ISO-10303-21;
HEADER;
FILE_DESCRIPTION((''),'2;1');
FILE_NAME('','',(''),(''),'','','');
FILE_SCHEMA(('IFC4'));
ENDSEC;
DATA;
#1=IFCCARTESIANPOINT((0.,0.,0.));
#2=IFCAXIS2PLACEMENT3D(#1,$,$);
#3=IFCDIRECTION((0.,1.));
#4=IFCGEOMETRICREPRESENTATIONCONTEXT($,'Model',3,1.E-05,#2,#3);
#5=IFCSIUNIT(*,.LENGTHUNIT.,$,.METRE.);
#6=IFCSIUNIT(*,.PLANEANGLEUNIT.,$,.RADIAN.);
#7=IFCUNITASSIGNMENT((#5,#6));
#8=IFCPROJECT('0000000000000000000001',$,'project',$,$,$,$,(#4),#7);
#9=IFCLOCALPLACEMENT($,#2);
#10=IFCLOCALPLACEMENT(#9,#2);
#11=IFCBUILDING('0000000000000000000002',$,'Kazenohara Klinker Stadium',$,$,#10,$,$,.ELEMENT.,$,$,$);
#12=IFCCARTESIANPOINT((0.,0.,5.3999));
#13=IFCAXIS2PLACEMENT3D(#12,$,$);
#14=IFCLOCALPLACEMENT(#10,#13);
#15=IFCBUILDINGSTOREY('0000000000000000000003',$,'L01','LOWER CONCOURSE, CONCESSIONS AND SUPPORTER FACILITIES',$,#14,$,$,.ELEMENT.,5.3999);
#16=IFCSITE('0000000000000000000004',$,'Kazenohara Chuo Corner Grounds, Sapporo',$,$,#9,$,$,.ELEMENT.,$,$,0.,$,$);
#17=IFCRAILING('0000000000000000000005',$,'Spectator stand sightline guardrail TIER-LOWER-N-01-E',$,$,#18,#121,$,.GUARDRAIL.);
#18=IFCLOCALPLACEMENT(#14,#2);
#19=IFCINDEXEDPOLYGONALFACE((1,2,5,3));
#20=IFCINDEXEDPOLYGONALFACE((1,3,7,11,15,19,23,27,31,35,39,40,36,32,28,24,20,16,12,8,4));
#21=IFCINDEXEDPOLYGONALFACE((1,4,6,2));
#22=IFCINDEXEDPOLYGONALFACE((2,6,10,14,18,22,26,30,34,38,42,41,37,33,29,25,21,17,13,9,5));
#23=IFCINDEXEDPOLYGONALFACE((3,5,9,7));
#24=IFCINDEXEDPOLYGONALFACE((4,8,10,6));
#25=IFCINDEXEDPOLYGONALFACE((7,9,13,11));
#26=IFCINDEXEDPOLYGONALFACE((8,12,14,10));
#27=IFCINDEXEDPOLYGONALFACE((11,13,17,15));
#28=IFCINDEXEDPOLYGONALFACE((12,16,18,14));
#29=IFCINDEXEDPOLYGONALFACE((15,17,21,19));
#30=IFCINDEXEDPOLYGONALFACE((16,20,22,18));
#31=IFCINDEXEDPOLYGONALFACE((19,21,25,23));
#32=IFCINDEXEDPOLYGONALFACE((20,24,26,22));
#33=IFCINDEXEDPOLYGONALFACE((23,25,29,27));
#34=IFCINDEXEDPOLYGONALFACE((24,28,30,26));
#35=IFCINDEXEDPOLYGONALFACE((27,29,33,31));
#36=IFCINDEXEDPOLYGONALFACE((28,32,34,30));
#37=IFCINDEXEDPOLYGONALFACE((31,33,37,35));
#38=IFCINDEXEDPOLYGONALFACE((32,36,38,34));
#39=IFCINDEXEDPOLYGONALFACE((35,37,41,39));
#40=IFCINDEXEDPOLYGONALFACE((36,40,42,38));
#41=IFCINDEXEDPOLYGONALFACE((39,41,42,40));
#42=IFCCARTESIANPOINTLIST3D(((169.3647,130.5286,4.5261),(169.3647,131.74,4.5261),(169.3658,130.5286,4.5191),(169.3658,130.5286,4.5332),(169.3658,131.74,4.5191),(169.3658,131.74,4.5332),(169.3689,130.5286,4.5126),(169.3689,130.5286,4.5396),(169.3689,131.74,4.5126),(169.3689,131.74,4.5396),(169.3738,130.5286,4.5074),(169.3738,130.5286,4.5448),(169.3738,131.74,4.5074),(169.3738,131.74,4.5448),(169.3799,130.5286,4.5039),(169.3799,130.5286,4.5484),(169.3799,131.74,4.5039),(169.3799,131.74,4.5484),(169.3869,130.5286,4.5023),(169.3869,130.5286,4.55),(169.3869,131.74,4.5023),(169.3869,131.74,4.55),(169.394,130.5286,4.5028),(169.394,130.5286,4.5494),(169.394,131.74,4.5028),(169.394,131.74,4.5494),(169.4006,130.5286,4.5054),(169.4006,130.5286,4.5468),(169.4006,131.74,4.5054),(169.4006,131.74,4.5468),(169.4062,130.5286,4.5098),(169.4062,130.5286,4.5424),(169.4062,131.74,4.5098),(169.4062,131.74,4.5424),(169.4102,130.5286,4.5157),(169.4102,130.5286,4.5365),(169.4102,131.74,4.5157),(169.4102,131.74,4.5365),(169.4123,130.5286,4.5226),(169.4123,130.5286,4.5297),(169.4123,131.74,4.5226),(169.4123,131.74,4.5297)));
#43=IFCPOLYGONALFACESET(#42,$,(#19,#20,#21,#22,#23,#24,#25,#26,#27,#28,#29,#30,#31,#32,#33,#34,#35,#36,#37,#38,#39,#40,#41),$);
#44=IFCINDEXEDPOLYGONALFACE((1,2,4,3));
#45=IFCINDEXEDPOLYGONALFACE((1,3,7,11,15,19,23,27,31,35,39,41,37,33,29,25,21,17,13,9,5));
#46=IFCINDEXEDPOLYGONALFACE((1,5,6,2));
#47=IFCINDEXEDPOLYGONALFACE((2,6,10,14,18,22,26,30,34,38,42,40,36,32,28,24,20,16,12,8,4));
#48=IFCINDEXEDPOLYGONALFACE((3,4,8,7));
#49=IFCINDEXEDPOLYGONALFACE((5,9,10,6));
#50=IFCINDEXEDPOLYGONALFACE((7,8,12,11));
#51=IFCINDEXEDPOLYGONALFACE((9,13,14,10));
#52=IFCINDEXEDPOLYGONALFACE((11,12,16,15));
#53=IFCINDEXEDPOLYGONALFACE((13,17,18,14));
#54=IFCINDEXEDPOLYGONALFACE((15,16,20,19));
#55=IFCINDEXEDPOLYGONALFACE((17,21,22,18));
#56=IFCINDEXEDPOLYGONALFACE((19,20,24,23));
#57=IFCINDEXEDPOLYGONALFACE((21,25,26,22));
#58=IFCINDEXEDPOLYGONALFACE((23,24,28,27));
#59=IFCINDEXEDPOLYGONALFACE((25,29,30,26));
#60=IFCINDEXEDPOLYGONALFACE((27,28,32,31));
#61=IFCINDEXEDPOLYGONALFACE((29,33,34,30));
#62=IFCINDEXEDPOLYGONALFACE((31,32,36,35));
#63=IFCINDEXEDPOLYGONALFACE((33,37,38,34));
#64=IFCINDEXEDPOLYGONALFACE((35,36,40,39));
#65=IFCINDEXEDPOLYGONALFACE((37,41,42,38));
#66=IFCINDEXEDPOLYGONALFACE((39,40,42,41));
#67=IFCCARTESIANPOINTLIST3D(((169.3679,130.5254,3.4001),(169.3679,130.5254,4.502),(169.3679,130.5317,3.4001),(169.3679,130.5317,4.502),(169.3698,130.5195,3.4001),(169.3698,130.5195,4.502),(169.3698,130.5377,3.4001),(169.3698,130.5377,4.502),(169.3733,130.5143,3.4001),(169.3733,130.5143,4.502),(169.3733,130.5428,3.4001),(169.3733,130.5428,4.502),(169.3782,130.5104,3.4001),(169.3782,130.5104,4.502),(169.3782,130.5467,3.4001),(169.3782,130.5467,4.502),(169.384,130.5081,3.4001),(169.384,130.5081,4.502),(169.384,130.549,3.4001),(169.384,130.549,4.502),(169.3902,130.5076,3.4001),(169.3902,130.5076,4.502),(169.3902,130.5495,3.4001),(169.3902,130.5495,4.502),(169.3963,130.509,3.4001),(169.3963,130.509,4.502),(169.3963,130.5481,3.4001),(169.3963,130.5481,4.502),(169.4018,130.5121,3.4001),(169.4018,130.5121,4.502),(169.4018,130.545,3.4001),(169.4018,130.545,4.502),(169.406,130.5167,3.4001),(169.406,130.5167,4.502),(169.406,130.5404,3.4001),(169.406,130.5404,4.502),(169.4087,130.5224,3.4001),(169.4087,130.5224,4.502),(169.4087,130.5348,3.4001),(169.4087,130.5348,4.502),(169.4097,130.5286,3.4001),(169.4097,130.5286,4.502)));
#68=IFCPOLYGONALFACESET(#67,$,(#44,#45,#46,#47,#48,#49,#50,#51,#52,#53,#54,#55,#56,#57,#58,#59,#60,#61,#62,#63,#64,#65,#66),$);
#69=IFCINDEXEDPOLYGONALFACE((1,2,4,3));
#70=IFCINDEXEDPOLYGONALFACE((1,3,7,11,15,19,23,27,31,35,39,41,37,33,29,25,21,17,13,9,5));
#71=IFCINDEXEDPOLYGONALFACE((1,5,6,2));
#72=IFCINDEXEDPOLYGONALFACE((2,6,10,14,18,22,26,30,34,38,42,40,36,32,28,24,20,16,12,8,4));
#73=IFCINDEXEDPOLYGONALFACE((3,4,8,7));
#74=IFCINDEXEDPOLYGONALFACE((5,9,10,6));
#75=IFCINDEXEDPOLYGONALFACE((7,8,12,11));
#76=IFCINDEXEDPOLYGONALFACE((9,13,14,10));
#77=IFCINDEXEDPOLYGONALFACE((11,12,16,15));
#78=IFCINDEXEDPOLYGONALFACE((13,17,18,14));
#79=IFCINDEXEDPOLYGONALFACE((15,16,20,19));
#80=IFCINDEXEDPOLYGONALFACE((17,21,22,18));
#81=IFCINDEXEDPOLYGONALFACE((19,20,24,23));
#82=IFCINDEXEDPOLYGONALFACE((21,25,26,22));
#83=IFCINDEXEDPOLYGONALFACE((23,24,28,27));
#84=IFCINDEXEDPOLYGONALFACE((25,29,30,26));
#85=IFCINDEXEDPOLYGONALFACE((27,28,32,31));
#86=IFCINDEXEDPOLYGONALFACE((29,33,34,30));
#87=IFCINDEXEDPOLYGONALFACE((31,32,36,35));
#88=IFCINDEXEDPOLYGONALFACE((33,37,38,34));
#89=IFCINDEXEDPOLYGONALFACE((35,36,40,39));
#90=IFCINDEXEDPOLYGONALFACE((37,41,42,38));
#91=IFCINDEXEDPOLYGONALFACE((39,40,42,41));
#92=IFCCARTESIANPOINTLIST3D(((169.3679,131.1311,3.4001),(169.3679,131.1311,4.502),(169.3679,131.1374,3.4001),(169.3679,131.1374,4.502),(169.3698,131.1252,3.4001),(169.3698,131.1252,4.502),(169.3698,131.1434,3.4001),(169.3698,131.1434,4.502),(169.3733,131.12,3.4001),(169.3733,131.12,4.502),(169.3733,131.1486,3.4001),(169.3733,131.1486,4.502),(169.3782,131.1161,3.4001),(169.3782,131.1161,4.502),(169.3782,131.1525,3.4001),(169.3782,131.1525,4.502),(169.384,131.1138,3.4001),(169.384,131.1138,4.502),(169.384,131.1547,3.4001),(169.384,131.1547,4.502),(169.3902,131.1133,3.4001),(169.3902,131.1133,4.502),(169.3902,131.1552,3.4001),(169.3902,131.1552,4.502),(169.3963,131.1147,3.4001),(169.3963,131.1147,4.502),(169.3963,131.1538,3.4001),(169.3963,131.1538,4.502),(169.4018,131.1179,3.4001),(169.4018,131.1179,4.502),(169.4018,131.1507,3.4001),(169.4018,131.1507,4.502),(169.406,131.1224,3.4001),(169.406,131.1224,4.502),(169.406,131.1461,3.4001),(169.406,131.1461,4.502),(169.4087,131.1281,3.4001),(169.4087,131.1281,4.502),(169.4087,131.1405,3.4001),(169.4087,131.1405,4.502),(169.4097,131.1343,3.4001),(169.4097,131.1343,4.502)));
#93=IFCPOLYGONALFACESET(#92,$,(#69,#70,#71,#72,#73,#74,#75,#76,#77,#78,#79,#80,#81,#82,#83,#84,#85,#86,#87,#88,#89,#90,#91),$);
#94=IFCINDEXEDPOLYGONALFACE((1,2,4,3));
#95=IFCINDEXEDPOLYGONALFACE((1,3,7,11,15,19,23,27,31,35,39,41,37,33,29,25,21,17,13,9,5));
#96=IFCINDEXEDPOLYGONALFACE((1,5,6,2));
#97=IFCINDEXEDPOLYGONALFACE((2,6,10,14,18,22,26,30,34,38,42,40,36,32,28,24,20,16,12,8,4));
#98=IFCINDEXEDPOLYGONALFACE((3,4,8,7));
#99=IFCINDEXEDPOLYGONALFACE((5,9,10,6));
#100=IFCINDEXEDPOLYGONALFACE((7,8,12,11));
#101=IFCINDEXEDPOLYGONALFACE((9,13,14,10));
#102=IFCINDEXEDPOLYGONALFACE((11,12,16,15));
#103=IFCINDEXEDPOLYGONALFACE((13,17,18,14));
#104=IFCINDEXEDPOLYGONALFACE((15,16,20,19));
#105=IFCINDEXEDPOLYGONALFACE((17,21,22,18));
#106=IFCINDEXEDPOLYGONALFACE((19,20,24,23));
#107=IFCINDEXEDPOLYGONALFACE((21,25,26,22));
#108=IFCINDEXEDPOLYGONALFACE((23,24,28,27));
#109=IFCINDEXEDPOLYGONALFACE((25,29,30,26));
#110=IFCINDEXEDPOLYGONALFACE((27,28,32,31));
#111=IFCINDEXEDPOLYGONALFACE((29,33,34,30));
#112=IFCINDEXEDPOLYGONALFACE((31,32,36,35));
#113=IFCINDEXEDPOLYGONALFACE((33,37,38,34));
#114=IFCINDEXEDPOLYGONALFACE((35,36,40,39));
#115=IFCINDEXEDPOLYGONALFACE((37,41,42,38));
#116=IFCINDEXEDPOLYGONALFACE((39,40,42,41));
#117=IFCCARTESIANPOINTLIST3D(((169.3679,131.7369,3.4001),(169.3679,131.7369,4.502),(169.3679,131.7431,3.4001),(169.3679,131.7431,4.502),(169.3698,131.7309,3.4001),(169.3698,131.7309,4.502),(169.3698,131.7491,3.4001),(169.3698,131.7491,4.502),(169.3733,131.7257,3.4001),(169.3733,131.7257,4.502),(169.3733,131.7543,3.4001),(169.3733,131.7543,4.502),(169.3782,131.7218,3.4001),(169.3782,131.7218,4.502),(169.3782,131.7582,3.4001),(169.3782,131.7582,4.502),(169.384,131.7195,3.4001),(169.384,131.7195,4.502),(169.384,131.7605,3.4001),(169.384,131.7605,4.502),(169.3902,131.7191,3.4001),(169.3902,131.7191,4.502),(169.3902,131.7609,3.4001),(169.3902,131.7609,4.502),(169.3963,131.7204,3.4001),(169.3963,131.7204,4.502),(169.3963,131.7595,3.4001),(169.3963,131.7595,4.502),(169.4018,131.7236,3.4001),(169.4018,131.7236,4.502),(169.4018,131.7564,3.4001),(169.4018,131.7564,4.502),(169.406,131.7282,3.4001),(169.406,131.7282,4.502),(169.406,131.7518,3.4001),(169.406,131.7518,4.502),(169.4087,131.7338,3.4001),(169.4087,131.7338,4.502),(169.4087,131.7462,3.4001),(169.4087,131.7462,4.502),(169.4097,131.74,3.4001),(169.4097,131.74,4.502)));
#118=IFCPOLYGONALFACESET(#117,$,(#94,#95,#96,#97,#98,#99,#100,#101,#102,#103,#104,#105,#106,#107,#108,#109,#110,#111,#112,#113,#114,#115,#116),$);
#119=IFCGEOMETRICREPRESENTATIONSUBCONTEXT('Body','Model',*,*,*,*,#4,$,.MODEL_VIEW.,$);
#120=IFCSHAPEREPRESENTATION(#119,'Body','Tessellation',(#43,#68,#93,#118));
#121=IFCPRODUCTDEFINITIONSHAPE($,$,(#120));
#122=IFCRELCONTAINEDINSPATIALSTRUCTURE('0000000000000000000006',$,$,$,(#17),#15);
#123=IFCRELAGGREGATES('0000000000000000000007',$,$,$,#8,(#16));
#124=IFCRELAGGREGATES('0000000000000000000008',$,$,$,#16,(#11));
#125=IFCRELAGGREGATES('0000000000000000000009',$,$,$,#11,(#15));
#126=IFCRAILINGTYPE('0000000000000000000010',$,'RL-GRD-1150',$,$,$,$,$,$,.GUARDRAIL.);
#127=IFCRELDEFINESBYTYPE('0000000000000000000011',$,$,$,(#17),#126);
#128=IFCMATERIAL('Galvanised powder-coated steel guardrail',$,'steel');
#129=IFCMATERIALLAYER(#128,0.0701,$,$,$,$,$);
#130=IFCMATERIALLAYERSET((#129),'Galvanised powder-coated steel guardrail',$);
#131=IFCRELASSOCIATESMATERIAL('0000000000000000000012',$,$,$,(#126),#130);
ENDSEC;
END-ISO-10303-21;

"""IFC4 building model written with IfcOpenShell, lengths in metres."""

from ifc_helpers import new_model, si_unit, direction, frame, origin, origin_2d, place, context, subcontext, project, spatial, circle, extrude, material, layer, layer_set, type_object, element, save


model = new_model("IFC4")

# Units and contexts
model_context = context("Model", 3, precision=1e-05, world=origin(), true_north=direction((0.0, 1.0)))
body_context = subcontext(model_context, "Body", "Model", "MODEL_VIEW")
ifc_project = project(units=[si_unit("LENGTHUNIT", "METRE"), si_unit("PLANEANGLEUNIT", "RADIAN")], contexts=[model_context])

# Site, building, storey
site_placement = place(None, origin())
site = spatial("IfcSite", under=ifc_project, at=site_placement, Name="Kazenohara Chuo Corner Grounds, Sapporo", CompositionType="ELEMENT", RefElevation=0.0)
building_placement = place(site_placement, origin())
building = spatial("IfcBuilding", under=site, at=building_placement, Name="Kazenohara Klinker Stadium", CompositionType="ELEMENT")
storey_placement = place(building_placement, frame((0.0, 0.0, 5.3999)))
storey = spatial("IfcBuildingStorey", under=building, at=storey_placement, Name="L01", Description="LOWER CONCOURSE, CONCESSIONS AND SUPPORTER FACILITIES", CompositionType="ELEMENT", Elevation=5.3999)

# Railing
ifc_material_1 = material(Name="Galvanised powder-coated steel guardrail", Category="steel")
ifc_layer_1 = layer(ifc_material_1, 0.0701)
ifc_layer_set_1 = layer_set([ifc_layer_1], Name="Galvanised powder-coated steel guardrail")
railing_type_1 = type_object("IfcRailingType", Name="RL-GRD-1150", PredefinedType="GUARDRAIL", material=ifc_layer_set_1)
railing_1_placement = place(storey_placement, frame((169.3887, 130.5286, 3.4001)))
element("IfcRailing", 1, at=railing_1_placement, inside=storey, type_object=railing_type_1, Name="Spectator stand sightline guardrail TIER-LOWER-N-01-E", PredefinedType="GUARDRAIL", context=body_context, shape_type="SweptSolid", body=[
    extrude(circle(Radius=0.0239, at=origin_2d()), frame((0.0, 0.0, 1.126), z_axis=(0.0, 1.0, 0.0), x_axis=(-1.0, 0.0, 0.0)), (0.0, 0.0, 1.0), 1.2114),
    extrude(circle(Radius=0.021, at=origin_2d()), origin(), (0.0, 0.0, 1.0), 1.1018),
    extrude(circle(Radius=0.021, at=origin_2d()), frame((0.0, 0.6057, 0.0)), (0.0, 0.0, 1.0), 1.1018),
    extrude(circle(Radius=0.021, at=origin_2d()), frame((0.0, 1.2114, 0.0)), (0.0, 0.0, 1.0), 1.1018),
])

save(model, "model.ifc")
